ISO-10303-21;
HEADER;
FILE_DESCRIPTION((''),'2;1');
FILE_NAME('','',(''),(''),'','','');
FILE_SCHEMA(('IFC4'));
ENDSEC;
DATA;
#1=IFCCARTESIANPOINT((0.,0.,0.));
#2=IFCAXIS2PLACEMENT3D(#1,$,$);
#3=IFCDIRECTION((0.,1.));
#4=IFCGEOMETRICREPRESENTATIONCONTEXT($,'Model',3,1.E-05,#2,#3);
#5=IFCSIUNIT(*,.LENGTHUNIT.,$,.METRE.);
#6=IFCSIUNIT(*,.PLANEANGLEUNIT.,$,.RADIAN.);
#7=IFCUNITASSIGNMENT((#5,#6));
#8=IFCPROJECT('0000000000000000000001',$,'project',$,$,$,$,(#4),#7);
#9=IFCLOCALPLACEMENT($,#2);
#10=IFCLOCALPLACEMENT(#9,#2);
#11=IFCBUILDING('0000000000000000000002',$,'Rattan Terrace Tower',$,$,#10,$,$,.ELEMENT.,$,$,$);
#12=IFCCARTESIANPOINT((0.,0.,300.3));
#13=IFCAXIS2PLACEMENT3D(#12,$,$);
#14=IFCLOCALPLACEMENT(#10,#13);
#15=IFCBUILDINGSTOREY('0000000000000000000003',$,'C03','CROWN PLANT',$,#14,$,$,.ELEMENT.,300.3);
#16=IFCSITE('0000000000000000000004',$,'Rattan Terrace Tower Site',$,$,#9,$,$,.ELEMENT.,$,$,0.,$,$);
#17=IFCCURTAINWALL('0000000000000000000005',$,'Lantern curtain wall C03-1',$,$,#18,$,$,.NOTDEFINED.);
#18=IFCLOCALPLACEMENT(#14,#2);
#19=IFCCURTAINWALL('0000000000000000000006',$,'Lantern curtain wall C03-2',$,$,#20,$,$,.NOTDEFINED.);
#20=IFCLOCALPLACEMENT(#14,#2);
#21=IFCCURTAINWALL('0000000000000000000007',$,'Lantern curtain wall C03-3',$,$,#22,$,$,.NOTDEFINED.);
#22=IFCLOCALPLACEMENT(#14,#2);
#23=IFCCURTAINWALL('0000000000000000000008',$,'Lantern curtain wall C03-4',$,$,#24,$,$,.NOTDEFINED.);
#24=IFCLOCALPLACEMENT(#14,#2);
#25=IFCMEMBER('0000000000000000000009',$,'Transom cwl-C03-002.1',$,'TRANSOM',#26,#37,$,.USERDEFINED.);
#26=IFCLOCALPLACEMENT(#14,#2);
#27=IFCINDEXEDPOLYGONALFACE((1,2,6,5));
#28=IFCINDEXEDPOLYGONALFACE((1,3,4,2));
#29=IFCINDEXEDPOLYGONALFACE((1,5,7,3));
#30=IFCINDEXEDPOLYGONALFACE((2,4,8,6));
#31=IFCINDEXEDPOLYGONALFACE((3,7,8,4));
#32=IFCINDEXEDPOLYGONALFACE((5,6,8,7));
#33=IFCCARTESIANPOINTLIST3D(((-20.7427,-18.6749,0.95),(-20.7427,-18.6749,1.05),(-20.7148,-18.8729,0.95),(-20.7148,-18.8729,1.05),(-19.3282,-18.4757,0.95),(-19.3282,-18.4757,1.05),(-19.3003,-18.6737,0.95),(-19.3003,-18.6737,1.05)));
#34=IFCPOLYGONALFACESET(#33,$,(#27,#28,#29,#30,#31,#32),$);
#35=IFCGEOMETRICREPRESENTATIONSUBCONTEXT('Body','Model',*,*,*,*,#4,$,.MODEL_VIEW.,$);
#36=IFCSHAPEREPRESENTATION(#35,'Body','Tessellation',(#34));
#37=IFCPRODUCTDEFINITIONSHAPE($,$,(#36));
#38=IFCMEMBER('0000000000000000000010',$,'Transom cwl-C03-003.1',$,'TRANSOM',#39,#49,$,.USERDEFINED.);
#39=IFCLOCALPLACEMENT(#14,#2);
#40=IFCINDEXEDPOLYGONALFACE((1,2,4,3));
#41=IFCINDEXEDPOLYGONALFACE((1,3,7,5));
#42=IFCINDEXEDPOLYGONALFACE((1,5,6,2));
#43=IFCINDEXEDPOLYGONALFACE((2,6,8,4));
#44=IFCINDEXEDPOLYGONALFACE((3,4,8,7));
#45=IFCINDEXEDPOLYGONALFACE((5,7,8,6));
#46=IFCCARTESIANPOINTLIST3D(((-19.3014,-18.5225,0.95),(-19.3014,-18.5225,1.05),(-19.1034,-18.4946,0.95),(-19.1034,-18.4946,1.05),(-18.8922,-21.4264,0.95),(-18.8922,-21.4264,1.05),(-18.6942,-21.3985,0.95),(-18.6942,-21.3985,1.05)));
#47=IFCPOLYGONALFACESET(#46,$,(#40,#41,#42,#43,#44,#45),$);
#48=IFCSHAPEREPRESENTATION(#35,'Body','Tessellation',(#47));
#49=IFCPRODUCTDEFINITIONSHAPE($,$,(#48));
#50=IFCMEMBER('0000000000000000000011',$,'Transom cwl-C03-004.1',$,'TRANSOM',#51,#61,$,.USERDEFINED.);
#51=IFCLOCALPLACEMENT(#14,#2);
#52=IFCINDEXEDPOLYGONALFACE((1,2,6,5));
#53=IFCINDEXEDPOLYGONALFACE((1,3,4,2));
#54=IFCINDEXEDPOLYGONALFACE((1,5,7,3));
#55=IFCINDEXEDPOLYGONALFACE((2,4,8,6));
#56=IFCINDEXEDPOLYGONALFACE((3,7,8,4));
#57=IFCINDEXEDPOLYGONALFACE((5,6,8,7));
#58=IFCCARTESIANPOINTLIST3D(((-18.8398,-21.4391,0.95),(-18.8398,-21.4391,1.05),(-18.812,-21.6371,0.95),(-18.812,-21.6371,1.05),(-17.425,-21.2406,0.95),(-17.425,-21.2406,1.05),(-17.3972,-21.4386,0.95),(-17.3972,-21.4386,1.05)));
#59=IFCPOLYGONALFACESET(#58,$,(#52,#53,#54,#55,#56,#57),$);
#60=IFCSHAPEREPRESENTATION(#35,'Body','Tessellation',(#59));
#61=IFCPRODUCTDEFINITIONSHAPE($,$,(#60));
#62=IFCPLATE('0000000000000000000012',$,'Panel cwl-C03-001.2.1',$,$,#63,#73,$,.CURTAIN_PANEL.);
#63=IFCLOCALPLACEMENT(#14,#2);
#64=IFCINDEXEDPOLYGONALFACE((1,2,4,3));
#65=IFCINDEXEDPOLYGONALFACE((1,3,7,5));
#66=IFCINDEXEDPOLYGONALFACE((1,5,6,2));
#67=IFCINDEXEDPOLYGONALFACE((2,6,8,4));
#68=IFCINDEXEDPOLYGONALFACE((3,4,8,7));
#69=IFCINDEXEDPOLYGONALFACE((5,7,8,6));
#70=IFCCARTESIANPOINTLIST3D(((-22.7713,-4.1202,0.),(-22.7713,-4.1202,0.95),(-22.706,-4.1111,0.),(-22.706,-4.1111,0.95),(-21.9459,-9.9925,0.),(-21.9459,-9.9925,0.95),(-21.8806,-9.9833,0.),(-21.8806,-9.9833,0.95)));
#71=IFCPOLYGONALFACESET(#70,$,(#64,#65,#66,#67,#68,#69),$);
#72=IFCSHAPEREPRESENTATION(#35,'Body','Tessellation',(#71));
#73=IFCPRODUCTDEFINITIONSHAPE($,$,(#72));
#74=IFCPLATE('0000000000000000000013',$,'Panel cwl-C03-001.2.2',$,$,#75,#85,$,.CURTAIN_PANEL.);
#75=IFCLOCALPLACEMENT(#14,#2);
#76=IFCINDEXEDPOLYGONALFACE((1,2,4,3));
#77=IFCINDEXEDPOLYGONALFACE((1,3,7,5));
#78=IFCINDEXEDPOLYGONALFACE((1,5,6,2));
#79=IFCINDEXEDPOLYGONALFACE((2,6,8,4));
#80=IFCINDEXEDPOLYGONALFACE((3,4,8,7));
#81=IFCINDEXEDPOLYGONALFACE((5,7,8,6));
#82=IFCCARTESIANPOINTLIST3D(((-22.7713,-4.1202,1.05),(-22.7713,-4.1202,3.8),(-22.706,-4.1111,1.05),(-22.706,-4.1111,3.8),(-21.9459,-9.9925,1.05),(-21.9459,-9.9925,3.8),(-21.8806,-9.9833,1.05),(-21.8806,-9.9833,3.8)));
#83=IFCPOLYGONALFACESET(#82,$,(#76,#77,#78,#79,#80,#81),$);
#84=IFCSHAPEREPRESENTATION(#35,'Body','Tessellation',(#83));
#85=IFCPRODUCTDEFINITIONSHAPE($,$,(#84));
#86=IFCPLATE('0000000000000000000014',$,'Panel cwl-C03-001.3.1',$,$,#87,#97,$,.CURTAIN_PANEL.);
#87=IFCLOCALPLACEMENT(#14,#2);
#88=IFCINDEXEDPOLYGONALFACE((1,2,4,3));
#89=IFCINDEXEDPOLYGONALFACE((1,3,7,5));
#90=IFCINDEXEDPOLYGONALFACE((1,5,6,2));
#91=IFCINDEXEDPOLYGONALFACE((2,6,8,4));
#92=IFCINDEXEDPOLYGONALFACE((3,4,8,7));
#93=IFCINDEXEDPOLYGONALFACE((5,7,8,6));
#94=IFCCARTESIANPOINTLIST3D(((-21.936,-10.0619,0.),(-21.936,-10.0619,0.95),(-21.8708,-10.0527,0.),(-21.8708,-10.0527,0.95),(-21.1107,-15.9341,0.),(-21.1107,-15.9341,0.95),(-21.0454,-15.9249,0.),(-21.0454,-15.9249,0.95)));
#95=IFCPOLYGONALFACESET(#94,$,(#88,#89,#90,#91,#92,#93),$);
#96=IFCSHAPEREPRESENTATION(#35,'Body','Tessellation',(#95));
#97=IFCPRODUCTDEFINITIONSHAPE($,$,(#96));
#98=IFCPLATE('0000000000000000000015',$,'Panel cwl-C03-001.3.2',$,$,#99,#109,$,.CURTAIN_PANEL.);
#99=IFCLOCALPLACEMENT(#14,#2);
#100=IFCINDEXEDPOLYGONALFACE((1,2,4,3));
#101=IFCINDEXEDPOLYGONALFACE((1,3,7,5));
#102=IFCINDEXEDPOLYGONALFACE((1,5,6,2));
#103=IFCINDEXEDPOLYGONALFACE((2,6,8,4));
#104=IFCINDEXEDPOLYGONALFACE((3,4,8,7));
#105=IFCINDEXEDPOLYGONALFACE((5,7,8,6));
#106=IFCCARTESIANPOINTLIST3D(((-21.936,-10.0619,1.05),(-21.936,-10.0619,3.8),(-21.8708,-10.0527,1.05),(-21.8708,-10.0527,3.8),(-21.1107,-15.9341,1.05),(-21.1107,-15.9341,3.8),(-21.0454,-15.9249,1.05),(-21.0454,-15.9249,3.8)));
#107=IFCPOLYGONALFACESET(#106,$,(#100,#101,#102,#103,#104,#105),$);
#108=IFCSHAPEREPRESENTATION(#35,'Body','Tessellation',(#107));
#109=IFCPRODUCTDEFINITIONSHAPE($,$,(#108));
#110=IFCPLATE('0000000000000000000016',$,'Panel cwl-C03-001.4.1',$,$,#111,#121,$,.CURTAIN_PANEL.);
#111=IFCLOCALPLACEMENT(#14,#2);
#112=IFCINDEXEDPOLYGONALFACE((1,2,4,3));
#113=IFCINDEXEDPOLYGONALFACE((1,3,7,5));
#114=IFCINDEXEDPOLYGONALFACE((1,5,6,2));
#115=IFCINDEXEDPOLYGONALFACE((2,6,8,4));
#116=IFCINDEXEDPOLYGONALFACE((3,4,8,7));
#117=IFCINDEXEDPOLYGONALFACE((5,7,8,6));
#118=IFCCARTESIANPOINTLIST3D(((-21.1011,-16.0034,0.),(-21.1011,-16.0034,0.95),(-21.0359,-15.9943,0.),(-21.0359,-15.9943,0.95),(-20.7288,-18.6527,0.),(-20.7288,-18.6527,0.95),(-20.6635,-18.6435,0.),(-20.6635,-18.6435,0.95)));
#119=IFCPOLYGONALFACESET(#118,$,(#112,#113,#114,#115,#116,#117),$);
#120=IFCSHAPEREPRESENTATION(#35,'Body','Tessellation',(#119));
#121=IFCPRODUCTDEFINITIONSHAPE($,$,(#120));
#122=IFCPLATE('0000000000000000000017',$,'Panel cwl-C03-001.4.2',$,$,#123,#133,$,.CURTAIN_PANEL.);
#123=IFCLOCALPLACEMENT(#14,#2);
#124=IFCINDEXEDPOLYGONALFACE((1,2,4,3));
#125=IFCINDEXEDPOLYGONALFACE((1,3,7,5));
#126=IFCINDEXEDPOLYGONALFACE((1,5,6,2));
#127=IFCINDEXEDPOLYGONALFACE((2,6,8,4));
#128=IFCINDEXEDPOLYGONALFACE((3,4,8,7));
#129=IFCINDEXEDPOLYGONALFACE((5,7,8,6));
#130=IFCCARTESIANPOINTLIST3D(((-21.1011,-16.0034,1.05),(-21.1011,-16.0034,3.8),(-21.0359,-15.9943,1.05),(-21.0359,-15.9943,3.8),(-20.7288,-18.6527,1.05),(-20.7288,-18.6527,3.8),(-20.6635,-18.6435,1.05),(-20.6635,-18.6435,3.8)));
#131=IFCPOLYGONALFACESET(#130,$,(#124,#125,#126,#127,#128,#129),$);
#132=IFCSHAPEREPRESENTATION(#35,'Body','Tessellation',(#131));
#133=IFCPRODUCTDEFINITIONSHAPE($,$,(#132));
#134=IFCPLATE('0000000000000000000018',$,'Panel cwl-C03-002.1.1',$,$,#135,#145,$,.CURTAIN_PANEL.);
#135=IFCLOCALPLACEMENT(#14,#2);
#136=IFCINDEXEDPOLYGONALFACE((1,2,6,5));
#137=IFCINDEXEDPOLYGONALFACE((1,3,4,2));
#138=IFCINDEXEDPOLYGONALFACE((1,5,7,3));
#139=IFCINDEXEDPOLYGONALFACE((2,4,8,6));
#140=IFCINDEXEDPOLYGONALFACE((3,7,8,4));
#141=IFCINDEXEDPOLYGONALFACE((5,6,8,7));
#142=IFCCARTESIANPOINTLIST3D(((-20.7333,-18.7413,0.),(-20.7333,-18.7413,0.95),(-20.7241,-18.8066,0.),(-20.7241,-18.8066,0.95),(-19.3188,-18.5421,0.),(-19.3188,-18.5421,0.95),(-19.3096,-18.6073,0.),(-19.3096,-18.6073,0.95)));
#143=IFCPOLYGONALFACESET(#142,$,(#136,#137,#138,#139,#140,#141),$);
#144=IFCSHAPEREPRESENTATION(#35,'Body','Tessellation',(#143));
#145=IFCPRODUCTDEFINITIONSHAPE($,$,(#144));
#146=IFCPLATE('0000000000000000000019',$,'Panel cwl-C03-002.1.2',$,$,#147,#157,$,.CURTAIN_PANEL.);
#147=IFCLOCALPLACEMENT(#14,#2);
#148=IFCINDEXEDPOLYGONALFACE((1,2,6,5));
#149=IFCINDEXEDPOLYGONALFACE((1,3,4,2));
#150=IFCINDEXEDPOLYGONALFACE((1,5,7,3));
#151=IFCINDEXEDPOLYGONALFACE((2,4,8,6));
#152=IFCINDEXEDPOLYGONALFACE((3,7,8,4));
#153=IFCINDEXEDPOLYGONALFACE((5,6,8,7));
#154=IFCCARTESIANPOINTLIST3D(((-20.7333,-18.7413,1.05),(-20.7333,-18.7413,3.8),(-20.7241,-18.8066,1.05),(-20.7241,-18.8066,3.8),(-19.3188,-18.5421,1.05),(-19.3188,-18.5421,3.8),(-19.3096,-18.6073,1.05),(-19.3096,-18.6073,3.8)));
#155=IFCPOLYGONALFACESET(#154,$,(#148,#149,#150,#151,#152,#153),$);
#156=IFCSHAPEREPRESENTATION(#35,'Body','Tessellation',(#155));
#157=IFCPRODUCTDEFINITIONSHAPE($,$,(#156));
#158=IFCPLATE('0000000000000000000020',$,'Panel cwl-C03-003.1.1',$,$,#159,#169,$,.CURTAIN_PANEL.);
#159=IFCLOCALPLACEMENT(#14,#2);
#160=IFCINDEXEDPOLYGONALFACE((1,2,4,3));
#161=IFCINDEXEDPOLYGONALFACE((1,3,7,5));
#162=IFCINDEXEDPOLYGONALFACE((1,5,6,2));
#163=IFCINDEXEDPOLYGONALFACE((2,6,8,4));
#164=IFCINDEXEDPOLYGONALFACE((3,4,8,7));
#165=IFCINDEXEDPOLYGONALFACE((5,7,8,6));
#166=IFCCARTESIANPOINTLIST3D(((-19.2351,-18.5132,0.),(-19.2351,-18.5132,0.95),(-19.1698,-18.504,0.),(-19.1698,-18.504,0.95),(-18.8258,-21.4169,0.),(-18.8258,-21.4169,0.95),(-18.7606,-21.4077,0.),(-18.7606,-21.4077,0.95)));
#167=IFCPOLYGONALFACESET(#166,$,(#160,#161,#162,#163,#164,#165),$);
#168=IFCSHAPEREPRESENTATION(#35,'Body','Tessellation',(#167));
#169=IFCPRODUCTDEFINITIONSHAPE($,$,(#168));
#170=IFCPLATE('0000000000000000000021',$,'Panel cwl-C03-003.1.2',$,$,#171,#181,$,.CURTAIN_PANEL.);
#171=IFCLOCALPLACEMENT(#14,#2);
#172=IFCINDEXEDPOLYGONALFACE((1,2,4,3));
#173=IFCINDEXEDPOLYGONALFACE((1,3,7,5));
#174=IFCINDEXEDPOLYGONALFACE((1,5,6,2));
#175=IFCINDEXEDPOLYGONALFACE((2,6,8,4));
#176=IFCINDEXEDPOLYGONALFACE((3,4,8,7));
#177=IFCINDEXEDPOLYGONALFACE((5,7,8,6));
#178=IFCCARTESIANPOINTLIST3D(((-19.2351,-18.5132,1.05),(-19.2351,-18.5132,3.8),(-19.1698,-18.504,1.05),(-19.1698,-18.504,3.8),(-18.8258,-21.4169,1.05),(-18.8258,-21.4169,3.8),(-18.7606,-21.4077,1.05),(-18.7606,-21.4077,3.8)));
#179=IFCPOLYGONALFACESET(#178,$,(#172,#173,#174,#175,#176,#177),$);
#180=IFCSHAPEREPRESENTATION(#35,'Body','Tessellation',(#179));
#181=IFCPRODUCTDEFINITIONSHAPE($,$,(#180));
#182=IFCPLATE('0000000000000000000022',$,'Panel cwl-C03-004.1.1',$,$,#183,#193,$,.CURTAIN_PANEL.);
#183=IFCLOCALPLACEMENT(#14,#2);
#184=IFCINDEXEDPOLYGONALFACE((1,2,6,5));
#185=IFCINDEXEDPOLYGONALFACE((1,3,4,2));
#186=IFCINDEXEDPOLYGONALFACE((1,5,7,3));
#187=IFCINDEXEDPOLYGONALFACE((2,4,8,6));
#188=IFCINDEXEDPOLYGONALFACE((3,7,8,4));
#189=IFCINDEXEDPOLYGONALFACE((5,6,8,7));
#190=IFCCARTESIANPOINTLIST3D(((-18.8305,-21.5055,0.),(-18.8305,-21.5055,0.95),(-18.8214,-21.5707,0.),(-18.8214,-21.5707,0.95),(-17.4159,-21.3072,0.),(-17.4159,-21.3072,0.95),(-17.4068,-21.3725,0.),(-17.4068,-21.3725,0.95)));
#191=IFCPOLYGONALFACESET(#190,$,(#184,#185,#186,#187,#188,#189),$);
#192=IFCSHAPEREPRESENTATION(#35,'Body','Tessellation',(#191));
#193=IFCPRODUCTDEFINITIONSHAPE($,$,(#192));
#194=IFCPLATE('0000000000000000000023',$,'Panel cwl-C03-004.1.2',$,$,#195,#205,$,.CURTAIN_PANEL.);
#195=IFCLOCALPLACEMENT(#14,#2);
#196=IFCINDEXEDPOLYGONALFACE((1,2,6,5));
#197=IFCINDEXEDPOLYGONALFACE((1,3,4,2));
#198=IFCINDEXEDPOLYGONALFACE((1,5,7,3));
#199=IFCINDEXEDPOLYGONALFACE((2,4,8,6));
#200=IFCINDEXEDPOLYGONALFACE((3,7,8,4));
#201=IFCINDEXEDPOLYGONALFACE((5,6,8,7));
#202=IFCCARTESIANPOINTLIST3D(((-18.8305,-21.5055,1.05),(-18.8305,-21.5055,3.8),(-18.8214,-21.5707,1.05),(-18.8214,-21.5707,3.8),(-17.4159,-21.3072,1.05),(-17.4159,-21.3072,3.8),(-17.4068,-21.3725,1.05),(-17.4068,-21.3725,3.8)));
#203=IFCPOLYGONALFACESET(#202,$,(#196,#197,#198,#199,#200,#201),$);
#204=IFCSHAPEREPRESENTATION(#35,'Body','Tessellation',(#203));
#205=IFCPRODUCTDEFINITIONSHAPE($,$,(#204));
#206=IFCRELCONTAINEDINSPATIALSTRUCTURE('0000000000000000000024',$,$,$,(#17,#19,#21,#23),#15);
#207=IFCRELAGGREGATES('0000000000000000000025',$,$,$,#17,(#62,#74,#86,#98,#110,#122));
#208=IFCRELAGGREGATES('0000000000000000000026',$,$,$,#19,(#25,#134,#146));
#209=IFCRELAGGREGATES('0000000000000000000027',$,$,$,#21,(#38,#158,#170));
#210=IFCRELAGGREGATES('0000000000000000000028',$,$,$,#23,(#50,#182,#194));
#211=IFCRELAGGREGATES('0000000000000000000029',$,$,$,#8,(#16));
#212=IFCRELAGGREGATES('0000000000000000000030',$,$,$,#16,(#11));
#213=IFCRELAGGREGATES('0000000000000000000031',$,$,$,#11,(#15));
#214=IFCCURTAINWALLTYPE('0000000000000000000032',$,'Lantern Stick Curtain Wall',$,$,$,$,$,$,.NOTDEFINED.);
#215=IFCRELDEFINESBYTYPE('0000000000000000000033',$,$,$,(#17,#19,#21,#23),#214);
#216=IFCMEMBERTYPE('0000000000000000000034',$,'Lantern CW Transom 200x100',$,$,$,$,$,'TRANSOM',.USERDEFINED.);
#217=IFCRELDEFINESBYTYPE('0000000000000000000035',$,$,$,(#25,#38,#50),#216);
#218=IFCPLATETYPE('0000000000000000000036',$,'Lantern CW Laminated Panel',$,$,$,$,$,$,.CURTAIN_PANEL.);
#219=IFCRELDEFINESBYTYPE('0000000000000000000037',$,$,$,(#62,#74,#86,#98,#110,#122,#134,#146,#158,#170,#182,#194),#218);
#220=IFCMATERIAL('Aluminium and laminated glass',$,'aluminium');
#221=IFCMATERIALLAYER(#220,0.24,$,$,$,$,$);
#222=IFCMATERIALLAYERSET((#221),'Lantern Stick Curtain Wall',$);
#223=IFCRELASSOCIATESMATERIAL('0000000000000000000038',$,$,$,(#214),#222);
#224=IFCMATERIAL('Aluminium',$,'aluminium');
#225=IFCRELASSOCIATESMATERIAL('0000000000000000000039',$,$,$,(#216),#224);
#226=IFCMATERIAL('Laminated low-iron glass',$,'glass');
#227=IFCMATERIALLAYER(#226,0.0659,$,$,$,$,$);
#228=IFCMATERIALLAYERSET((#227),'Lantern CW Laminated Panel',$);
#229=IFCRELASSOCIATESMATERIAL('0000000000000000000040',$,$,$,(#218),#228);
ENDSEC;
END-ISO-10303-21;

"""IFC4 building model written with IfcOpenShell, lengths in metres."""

from ifc_helpers import new_model, si_unit, direction, frame, origin, origin_2d, place, context, subcontext, project, spatial, rectangle, extrude, material, layer, layer_set, material_profile, profile_set, type_object, element, aggregate, save


model = new_model("IFC4")

# Units and contexts
model_context = context("Model", 3, precision=1e-05, world=origin(), true_north=direction((0.0, 1.0)))
body_context = subcontext(model_context, "Body", "Model", "MODEL_VIEW")
ifc_project = project(units=[si_unit("LENGTHUNIT", "METRE"), si_unit("PLANEANGLEUNIT", "RADIAN")], contexts=[model_context])

# Site, building, storey
site_placement = place(None, origin())
site = spatial("IfcSite", under=ifc_project, at=site_placement, Name="Rattan Terrace Tower Site", CompositionType="ELEMENT", RefElevation=0.0)
building_placement = place(site_placement, origin())
building = spatial("IfcBuilding", under=site, at=building_placement, Name="Rattan Terrace Tower", CompositionType="ELEMENT")
storey_placement = place(building_placement, frame((0.0, 0.0, 300.3)))
storey = spatial("IfcBuildingStorey", under=building, at=storey_placement, Name="C03", Description="CROWN PLANT", CompositionType="ELEMENT", Elevation=300.3)

# Curtain wall
ifc_material_1 = material(Name="Aluminium and laminated glass", Category="aluminium")
ifc_layer_1 = layer(ifc_material_1, 0.24)
ifc_layer_set_1 = layer_set([ifc_layer_1], Name="Lantern Stick Curtain Wall")
curtain_wall_type = type_object("IfcCurtainWallType", Name="Lantern Stick Curtain Wall", PredefinedType="NOTDEFINED", material=ifc_layer_set_1)
curtain_wall_1_placement = place(storey_placement, origin())
curtain_wall_1 = element("IfcCurtainWall", 1, at=curtain_wall_1_placement, inside=storey, type_object=curtain_wall_type, Name="Lantern curtain wall C03-1", PredefinedType="NOTDEFINED")

# Curtain walls
curtain_wall_2_placement = place(storey_placement, origin())
curtain_wall_2 = element("IfcCurtainWall", 2, at=curtain_wall_2_placement, inside=storey, type_object=curtain_wall_type, Name="Lantern curtain wall C03-2", PredefinedType="NOTDEFINED")
curtain_wall_3_placement = place(storey_placement, origin())
curtain_wall_3 = element("IfcCurtainWall", 3, at=curtain_wall_3_placement, inside=storey, type_object=curtain_wall_type, Name="Lantern curtain wall C03-3", PredefinedType="NOTDEFINED")
curtain_wall_4_placement = place(storey_placement, origin())
curtain_wall_4 = element("IfcCurtainWall", 4, at=curtain_wall_4_placement, inside=storey, type_object=curtain_wall_type, Name="Lantern curtain wall C03-4", PredefinedType="NOTDEFINED")

# Members
ifc_material_2 = material(Name="Aluminium", Category="aluminium")
ifc_material_profile_1 = material_profile(ifc_material_2, rectangle(XDim=0.2, YDim=0.1001, at=origin_2d()), Name="Aluminium 200x100")
ifc_profile_set_1 = profile_set([ifc_material_profile_1], Name="Aluminium")
member_type_1 = type_object("IfcMemberType", Name="Lantern CW Transom 200x100", ElementType="TRANSOM", PredefinedType="USERDEFINED", material=ifc_profile_set_1)
member_1_placement = place(storey_placement, frame((-20.7288, -18.7739, 1.0), z_axis=(0.990228, 0.139459, 0.0), x_axis=(-0.139459, 0.990228, 0.0)))
member_1 = element("IfcMember", 5, at=member_1_placement, type_object=member_type_1, Name="Transom cwl-C03-002.1", ObjectType="TRANSOM", PredefinedType="USERDEFINED", context=body_context, shape_type="SweptSolid", body=[
    extrude(rectangle(XDim=0.2, YDim=0.1001, at=origin_2d()), origin(), (0.0, 0.0, 1.0), 1.4285),
])
member_2_placement = place(storey_placement, frame((-19.2024, -18.5085, 1.0), z_axis=(0.139533, -0.990217, 0.0), x_axis=(0.990217, 0.139533, 0.0)))
member_2 = element("IfcMember", 6, at=member_2_placement, type_object=member_type_1, Name="Transom cwl-C03-003.1", ObjectType="TRANSOM", PredefinedType="USERDEFINED", context=body_context, shape_type="SweptSolid", body=[
    extrude(rectangle(XDim=0.2, YDim=0.1001, at=origin_2d()), origin(), (0.0, 0.0, 1.0), 2.9326),
])
member_3_placement = place(storey_placement, frame((-18.8259, -21.5381, 1.0), z_axis=(0.990302, 0.138933, 0.0), x_axis=(-0.138933, 0.990302, 0.0)))
member_3 = element("IfcMember", 7, at=member_3_placement, type_object=member_type_1, Name="Transom cwl-C03-004.1", ObjectType="TRANSOM", PredefinedType="USERDEFINED", context=body_context, shape_type="SweptSolid", body=[
    extrude(rectangle(XDim=0.2, YDim=0.1001, at=origin_2d()), origin(), (0.0, 0.0, 1.0), 1.4287),
])

# Plates
ifc_material_3 = material(Name="Laminated low-iron glass", Category="glass")
ifc_layer_2 = layer(ifc_material_3, 0.0659)
ifc_layer_set_2 = layer_set([ifc_layer_2], Name="Lantern CW Laminated Panel")
plate_type = type_object("IfcPlateType", Name="Lantern CW Laminated Panel", PredefinedType="CURTAIN_PANEL", material=ifc_layer_set_2)
plate_1_placement = place(storey_placement, frame((-22.3259, -7.0518, 0.0), z_axis=(0.0, 0.0, 1.0), x_axis=(0.139188, -0.990266, 0.0)))
plate_1 = element("IfcPlate", 8, at=plate_1_placement, type_object=plate_type, Name="Panel cwl-C03-001.2.1", PredefinedType="CURTAIN_PANEL", context=body_context, shape_type="SweptSolid", body=[
    extrude(rectangle(XDim=5.9299, YDim=0.0659, at=origin_2d()), origin(), (0.0, 0.0, 1.0), 0.95),
])
plate_2_placement = place(storey_placement, frame((-22.3259, -7.0518, 1.05), z_axis=(0.0, 0.0, 1.0), x_axis=(0.139188, -0.990266, 0.0)))
plate_2 = element("IfcPlate", 9, at=plate_2_placement, type_object=plate_type, Name="Panel cwl-C03-001.2.2", PredefinedType="CURTAIN_PANEL", context=body_context, shape_type="SweptSolid", body=[
    extrude(rectangle(XDim=5.9299, YDim=0.0659, at=origin_2d()), origin(), (0.0, 0.0, 1.0), 2.75),
])
plate_3_placement = place(storey_placement, frame((-21.4907, -12.9934, 0.0), z_axis=(0.0, 0.0, 1.0), x_axis=(0.139188, -0.990266, 0.0)))
plate_3 = element("IfcPlate", 10, at=plate_3_placement, type_object=plate_type, Name="Panel cwl-C03-001.3.1", PredefinedType="CURTAIN_PANEL", context=body_context, shape_type="SweptSolid", body=[
    extrude(rectangle(XDim=5.9299, YDim=0.0659, at=origin_2d()), origin(), (0.0, 0.0, 1.0), 0.95),
])
plate_4_placement = place(storey_placement, frame((-21.4907, -12.9934, 1.05), z_axis=(0.0, 0.0, 1.0), x_axis=(0.139188, -0.990266, 0.0)))
plate_4 = element("IfcPlate", 11, at=plate_4_placement, type_object=plate_type, Name="Panel cwl-C03-001.3.2", PredefinedType="CURTAIN_PANEL", context=body_context, shape_type="SweptSolid", body=[
    extrude(rectangle(XDim=5.9299, YDim=0.0659, at=origin_2d()), origin(), (0.0, 0.0, 1.0), 2.75),
])
plate_5_placement = place(storey_placement, frame((-20.8823, -17.3235, 0.0), z_axis=(0.0, 0.0, 1.0), x_axis=(0.139188, -0.990266, 0.0)))
plate_5 = element("IfcPlate", 12, at=plate_5_placement, type_object=plate_type, Name="Panel cwl-C03-001.4.1", PredefinedType="CURTAIN_PANEL", context=body_context, shape_type="SweptSolid", body=[
    extrude(rectangle(XDim=2.6753, YDim=0.0659, at=origin_2d()), origin(), (0.0, 0.0, 1.0), 0.95),
])
plate_6_placement = place(storey_placement, frame((-20.8823, -17.3235, 1.05), z_axis=(0.0, 0.0, 1.0), x_axis=(0.139188, -0.990266, 0.0)))
plate_6 = element("IfcPlate", 13, at=plate_6_placement, type_object=plate_type, Name="Panel cwl-C03-001.4.2", PredefinedType="CURTAIN_PANEL", context=body_context, shape_type="SweptSolid", body=[
    extrude(rectangle(XDim=2.6753, YDim=0.0659, at=origin_2d()), origin(), (0.0, 0.0, 1.0), 2.75),
])
aggregate(curtain_wall_1, [plate_1, plate_2, plate_3, plate_4, plate_5, plate_6])
plate_7_placement = place(storey_placement, frame((-20.0215, -18.6743, 0.0), z_axis=(0.0, 0.0, 1.0), x_axis=(0.990228, 0.139459, 0.0)))
plate_7 = element("IfcPlate", 14, at=plate_7_placement, type_object=plate_type, Name="Panel cwl-C03-002.1.1", PredefinedType="CURTAIN_PANEL", context=body_context, shape_type="SweptSolid", body=[
    extrude(rectangle(XDim=1.4285, YDim=0.0659, at=origin_2d()), origin(), (0.0, 0.0, 1.0), 0.95),
])
plate_8_placement = place(storey_placement, frame((-20.0215, -18.6743, 1.05), z_axis=(0.0, 0.0, 1.0), x_axis=(0.990228, 0.139459, 0.0)))
plate_8 = element("IfcPlate", 15, at=plate_8_placement, type_object=plate_type, Name="Panel cwl-C03-002.1.2", PredefinedType="CURTAIN_PANEL", context=body_context, shape_type="SweptSolid", body=[
    extrude(rectangle(XDim=1.4285, YDim=0.0659, at=origin_2d()), origin(), (0.0, 0.0, 1.0), 2.75),
])
aggregate(curtain_wall_2, [member_1, plate_7, plate_8])
plate_9_placement = place(storey_placement, frame((-18.9978, -19.9604, 0.0), z_axis=(0.0, 0.0, 1.0), x_axis=(0.139556, -0.990214, 0.0)))
plate_9 = element("IfcPlate", 16, at=plate_9_placement, type_object=plate_type, Name="Panel cwl-C03-003.1.1", PredefinedType="CURTAIN_PANEL", context=body_context, shape_type="SweptSolid", body=[
    extrude(rectangle(XDim=2.9324, YDim=0.0659, at=origin_2d()), origin(), (0.0, 0.0, 1.0), 0.95),
])
plate_10_placement = place(storey_placement, frame((-18.9978, -19.9604, 1.05), z_axis=(0.0, 0.0, 1.0), x_axis=(0.139556, -0.990214, 0.0)))
plate_10 = element("IfcPlate", 17, at=plate_10_placement, type_object=plate_type, Name="Panel cwl-C03-003.1.2", PredefinedType="CURTAIN_PANEL", context=body_context, shape_type="SweptSolid", body=[
    extrude(rectangle(XDim=2.9324, YDim=0.0659, at=origin_2d()), origin(), (0.0, 0.0, 1.0), 2.75),
])
aggregate(curtain_wall_3, [member_2, plate_9, plate_10])
plate_11_placement = place(storey_placement, frame((-18.1187, -21.439, 0.0), z_axis=(0.0, 0.0, 1.0), x_axis=(0.99032, 0.138805, 0.0)))
plate_11 = element("IfcPlate", 18, at=plate_11_placement, type_object=plate_type, Name="Panel cwl-C03-004.1.1", PredefinedType="CURTAIN_PANEL", context=body_context, shape_type="SweptSolid", body=[
    extrude(rectangle(XDim=1.4285, YDim=0.0659, at=origin_2d()), origin(), (0.0, 0.0, 1.0), 0.95),
])
plate_12_placement = place(storey_placement, frame((-18.1187, -21.439, 1.05), z_axis=(0.0, 0.0, 1.0), x_axis=(0.99032, 0.138805, 0.0)))
plate_12 = element("IfcPlate", 19, at=plate_12_placement, type_object=plate_type, Name="Panel cwl-C03-004.1.2", PredefinedType="CURTAIN_PANEL", context=body_context, shape_type="SweptSolid", body=[
    extrude(rectangle(XDim=1.4285, YDim=0.0659, at=origin_2d()), origin(), (0.0, 0.0, 1.0), 2.75),
])
aggregate(curtain_wall_4, [member_3, plate_11, plate_12])

save(model, "model.ifc")
